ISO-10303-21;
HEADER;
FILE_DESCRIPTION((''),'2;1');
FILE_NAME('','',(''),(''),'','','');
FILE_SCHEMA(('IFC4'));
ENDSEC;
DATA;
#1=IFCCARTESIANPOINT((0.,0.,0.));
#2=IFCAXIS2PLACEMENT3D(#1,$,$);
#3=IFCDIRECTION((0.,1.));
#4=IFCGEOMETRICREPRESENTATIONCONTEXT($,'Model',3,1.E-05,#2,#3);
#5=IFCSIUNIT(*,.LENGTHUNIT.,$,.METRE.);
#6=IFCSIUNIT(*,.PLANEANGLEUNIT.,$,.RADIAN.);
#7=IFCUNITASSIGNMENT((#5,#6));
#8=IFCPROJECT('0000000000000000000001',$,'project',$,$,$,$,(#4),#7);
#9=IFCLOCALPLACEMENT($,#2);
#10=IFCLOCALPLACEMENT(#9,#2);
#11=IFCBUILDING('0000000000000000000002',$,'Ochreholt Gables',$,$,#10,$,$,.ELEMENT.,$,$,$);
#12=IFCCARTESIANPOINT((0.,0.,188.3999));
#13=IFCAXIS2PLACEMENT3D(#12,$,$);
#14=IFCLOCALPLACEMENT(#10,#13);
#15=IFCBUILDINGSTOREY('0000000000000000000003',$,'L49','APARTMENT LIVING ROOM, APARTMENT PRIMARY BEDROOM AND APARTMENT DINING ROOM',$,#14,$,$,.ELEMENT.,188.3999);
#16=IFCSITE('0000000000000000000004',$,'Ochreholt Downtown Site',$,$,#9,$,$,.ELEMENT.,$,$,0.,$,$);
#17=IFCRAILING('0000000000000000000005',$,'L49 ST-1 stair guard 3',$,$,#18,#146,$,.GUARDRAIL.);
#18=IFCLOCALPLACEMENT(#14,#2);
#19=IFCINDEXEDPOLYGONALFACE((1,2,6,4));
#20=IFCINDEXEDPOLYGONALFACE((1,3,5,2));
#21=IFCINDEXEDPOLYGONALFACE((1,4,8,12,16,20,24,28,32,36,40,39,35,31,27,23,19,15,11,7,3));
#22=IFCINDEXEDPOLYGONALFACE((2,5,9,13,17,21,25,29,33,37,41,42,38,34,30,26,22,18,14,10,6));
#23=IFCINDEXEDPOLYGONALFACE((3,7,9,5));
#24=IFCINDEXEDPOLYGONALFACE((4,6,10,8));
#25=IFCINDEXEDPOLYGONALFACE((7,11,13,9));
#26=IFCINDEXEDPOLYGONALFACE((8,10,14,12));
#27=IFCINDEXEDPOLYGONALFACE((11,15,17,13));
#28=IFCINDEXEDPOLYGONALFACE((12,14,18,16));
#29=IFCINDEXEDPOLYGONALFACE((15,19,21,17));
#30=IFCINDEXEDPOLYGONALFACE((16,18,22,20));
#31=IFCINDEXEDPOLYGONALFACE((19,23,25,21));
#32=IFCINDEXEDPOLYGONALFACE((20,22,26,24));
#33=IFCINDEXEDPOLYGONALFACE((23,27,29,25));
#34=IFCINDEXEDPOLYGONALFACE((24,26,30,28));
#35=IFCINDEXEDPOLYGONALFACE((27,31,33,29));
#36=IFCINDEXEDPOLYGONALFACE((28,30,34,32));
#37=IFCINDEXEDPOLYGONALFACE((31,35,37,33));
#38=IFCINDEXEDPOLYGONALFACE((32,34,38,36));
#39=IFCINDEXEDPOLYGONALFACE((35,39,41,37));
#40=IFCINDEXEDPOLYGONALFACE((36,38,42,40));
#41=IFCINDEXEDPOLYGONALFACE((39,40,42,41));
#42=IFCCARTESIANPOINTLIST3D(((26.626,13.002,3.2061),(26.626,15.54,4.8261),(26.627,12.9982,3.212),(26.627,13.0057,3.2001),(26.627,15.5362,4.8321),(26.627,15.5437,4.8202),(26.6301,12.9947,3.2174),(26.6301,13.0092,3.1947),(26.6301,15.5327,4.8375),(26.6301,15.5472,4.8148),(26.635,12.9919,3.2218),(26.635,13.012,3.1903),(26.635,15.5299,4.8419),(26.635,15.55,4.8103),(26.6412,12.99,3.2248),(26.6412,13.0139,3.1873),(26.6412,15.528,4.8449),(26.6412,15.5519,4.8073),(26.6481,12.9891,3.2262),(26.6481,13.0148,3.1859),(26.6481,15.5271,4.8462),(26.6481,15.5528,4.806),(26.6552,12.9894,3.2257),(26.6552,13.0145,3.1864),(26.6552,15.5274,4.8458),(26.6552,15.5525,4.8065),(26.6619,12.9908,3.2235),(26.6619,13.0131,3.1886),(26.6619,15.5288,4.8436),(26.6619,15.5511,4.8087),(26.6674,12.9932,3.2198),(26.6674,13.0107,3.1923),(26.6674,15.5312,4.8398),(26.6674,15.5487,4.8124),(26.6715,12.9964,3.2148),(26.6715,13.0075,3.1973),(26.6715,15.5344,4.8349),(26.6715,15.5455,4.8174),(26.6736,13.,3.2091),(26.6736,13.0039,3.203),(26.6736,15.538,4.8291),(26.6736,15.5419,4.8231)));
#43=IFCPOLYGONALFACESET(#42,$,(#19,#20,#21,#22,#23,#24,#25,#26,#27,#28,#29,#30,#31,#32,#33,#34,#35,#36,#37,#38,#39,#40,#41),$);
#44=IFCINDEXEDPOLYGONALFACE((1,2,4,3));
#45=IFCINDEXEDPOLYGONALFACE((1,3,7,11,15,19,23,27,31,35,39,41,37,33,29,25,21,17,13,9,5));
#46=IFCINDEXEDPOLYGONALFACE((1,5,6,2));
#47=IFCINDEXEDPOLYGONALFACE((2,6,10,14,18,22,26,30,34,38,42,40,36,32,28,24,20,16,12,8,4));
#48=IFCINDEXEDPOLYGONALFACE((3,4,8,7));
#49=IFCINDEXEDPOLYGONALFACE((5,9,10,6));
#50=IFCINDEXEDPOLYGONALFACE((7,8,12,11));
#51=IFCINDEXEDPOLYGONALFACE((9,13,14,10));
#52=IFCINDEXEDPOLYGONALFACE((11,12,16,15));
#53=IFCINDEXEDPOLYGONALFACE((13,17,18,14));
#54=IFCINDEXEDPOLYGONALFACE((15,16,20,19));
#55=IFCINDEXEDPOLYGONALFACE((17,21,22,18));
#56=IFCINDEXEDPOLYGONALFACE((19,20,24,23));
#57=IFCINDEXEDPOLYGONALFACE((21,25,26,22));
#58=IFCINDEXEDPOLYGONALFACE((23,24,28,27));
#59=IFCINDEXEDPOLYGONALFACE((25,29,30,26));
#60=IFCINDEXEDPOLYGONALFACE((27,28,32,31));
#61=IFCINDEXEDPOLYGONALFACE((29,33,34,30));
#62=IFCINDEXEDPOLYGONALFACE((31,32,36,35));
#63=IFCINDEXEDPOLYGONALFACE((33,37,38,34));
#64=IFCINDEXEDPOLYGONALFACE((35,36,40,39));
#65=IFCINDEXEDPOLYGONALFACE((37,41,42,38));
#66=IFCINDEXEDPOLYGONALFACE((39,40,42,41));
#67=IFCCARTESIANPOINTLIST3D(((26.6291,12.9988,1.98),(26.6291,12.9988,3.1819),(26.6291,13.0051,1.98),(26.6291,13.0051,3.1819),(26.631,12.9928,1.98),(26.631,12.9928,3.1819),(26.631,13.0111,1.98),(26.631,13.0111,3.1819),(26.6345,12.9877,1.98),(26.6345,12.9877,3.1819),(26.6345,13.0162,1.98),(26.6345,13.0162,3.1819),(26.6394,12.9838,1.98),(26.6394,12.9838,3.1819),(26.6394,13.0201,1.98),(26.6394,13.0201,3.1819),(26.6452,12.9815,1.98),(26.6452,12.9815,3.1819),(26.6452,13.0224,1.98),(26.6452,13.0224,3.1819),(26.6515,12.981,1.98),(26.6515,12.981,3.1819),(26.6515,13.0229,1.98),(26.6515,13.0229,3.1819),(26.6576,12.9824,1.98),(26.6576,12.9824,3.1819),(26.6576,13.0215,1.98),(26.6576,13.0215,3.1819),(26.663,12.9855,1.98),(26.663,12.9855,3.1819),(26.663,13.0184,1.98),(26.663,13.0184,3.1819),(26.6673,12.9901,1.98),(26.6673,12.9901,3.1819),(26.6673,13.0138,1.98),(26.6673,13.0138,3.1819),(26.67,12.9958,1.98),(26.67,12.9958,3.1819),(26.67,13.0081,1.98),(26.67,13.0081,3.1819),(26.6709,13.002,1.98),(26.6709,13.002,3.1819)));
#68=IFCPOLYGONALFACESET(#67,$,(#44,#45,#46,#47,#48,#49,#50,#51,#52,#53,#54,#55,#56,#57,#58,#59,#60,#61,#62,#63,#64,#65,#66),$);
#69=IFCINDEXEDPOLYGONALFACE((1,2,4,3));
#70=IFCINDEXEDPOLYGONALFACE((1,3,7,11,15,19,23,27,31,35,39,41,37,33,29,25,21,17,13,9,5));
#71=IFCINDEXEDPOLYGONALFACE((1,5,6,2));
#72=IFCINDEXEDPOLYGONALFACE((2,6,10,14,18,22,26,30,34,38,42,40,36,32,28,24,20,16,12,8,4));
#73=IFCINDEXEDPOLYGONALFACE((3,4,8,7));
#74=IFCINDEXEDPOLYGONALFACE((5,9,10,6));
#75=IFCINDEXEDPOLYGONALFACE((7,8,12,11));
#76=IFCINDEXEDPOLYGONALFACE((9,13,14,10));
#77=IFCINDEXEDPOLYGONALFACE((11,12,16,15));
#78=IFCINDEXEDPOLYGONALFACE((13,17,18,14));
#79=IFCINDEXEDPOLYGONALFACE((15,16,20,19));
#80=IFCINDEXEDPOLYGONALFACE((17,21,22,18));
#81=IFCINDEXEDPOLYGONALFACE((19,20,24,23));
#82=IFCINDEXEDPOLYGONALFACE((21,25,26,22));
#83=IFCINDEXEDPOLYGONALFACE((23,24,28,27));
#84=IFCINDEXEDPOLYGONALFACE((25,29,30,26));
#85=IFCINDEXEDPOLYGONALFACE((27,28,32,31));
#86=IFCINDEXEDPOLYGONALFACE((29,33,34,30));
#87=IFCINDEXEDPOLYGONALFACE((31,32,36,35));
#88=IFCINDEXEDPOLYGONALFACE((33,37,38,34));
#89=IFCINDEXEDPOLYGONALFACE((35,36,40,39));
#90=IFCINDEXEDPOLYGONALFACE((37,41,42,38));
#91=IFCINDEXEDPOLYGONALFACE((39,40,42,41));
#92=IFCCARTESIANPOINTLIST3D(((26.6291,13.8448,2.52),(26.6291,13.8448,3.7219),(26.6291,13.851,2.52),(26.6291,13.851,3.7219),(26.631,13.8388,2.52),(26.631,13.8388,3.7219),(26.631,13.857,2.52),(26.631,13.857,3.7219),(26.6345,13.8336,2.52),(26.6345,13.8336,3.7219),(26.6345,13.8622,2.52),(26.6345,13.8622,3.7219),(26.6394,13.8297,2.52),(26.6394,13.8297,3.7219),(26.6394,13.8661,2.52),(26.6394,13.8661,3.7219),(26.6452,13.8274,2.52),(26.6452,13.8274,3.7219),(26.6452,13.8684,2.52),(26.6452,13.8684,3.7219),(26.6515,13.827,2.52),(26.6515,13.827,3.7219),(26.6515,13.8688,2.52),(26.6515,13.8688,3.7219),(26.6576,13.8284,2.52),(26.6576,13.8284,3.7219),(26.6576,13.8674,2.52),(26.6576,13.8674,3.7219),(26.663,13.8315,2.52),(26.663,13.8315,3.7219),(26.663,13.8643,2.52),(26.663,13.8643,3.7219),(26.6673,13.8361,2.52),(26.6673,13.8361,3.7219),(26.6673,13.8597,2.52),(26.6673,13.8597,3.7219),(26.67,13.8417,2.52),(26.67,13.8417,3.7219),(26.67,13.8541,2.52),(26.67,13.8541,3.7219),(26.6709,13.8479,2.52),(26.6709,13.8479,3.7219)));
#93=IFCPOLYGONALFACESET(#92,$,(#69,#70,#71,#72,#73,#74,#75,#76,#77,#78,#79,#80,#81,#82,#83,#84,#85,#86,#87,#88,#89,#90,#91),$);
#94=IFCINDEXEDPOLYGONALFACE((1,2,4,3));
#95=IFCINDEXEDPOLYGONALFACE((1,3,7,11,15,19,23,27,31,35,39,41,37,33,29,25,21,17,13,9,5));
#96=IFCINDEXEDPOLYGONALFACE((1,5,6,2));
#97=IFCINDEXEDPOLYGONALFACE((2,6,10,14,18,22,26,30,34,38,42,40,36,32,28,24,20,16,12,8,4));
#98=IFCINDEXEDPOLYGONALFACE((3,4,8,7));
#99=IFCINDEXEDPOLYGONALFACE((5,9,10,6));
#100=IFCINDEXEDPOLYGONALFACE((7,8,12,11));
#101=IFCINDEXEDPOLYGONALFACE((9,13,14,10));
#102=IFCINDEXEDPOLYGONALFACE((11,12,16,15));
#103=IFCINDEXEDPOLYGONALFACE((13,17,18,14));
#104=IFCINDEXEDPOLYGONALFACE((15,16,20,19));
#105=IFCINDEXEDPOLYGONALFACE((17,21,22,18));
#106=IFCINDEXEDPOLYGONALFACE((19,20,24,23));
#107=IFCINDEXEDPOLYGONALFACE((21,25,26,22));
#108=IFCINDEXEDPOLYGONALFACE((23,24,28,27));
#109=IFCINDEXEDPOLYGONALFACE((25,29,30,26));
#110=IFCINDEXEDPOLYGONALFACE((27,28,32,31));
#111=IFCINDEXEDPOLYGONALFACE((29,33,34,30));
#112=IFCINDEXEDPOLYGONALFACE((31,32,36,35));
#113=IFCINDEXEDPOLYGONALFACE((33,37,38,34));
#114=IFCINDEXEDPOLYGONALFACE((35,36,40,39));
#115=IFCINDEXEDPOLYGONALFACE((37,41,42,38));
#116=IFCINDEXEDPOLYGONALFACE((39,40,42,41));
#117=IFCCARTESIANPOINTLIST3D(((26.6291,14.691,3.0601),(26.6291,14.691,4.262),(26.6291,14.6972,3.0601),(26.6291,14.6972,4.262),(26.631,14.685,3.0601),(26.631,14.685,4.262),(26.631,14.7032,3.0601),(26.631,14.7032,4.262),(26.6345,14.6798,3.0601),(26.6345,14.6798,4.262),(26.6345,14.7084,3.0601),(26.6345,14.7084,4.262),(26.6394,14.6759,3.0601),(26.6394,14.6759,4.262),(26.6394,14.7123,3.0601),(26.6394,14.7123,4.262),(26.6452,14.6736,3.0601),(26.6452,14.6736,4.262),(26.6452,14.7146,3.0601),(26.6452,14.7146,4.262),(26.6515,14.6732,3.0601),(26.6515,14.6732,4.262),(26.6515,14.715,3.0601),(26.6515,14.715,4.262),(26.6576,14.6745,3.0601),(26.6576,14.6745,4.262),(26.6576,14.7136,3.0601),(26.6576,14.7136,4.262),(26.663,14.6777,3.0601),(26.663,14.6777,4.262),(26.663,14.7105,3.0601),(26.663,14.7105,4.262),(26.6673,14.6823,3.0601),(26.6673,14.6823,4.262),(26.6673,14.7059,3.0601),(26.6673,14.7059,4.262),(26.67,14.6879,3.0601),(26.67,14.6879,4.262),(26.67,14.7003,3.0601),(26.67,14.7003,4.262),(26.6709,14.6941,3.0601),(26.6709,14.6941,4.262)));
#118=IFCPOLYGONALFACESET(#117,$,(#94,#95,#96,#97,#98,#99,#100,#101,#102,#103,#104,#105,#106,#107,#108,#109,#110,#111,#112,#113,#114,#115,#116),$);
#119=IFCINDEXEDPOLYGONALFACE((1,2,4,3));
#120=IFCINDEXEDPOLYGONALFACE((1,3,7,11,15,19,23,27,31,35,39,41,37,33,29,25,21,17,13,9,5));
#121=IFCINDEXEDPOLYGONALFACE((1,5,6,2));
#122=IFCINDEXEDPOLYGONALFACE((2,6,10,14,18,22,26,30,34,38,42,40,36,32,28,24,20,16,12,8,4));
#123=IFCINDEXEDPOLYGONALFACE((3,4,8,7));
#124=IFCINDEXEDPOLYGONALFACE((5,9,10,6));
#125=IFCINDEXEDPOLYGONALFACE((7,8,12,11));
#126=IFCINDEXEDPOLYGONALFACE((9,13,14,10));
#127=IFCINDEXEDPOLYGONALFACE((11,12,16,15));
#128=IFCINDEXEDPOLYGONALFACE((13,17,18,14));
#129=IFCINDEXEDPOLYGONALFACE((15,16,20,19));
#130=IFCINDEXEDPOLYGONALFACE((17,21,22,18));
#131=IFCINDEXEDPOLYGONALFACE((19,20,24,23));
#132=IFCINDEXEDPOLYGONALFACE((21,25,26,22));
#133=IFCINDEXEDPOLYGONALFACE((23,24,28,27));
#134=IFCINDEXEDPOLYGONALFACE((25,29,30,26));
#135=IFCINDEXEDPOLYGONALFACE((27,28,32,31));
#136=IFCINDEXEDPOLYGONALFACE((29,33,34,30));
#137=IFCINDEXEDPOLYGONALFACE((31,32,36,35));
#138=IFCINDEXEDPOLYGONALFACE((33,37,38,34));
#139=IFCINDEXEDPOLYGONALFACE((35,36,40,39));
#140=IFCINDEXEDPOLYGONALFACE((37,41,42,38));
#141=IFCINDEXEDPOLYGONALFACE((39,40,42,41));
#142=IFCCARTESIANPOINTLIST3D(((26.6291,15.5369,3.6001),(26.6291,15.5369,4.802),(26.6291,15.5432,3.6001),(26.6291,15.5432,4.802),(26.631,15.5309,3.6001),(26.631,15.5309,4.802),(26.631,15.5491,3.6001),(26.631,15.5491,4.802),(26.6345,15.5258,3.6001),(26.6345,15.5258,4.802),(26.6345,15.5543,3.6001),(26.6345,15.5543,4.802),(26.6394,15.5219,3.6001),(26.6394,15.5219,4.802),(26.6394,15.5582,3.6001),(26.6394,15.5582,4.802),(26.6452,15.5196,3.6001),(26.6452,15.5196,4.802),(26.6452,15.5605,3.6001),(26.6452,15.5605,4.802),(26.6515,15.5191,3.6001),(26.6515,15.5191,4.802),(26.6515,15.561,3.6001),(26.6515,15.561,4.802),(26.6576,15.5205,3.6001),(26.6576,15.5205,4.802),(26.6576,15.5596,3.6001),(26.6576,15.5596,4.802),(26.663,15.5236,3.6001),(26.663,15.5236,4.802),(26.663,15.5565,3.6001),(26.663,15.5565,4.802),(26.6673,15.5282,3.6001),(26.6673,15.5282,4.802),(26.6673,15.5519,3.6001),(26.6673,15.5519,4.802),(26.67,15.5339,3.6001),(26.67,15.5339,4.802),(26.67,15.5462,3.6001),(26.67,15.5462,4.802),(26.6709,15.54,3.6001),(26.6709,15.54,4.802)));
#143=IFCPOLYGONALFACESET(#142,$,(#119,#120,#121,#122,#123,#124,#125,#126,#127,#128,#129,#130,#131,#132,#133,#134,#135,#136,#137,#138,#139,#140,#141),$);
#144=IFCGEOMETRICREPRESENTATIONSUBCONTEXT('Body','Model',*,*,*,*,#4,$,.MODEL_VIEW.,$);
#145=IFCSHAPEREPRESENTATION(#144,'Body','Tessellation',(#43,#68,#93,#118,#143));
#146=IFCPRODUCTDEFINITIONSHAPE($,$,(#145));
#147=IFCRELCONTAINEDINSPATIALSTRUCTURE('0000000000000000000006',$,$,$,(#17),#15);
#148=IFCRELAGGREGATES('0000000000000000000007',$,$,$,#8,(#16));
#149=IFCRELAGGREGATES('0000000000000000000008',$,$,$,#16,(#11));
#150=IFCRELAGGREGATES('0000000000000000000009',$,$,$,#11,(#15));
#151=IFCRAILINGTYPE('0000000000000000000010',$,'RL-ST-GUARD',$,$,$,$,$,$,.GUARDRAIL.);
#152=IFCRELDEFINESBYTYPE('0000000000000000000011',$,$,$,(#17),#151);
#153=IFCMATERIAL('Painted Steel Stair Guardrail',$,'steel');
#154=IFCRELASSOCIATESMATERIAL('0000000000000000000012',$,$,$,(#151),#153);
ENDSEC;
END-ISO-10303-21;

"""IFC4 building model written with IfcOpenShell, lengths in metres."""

from ifc_helpers import new_model, si_unit, direction, frame, origin, origin_2d, place, context, subcontext, project, spatial, circle, extrude, material, type_object, element, save


model = new_model("IFC4")

# Units and contexts
model_context = context("Model", 3, precision=1e-05, world=origin(), true_north=direction((0.0, 1.0)))
body_context = subcontext(model_context, "Body", "Model", "MODEL_VIEW")
ifc_project = project(units=[si_unit("LENGTHUNIT", "METRE"), si_unit("PLANEANGLEUNIT", "RADIAN")], contexts=[model_context])

# Site, building, storey
site_placement = place(None, origin())
site = spatial("IfcSite", under=ifc_project, at=site_placement, Name="Ochreholt Downtown Site", CompositionType="ELEMENT", RefElevation=0.0)
building_placement = place(site_placement, origin())
building = spatial("IfcBuilding", under=site, at=building_placement, Name="Ochreholt Gables", CompositionType="ELEMENT")
storey_placement = place(building_placement, frame((0.0, 0.0, 188.3999)))
storey = spatial("IfcBuildingStorey", under=building, at=storey_placement, Name="L49", Description="APARTMENT LIVING ROOM, APARTMENT PRIMARY BEDROOM AND APARTMENT DINING ROOM", CompositionType="ELEMENT", Elevation=188.3999)

# Railing
ifc_material_1 = material(Name="Painted Steel Stair Guardrail", Category="steel")
railing_type_1 = type_object("IfcRailingType", Name="RL-ST-GUARD", PredefinedType="GUARDRAIL", material=ifc_material_1)
railing_1_placement = place(storey_placement, frame((26.6499, 13.002, 1.98)))
element("IfcRailing", 1, at=railing_1_placement, inside=storey, type_object=railing_type_1, Name="L49 ST-1 stair guard 3", PredefinedType="GUARDRAIL", context=body_context, shape_type="SweptSolid", body=[
    extrude(circle(Radius=0.0239, at=origin_2d()), frame((0.0, 0.0, 1.2261), z_axis=(0.0, 0.842913, 0.53805), x_axis=(-1.0, 0.0, 0.0)), (0.0, 0.0, 1.0), 3.011),
    extrude(circle(Radius=0.021, at=origin_2d()), origin(), (0.0, 0.0, 1.0), 1.2019),
    extrude(circle(Radius=0.021, at=origin_2d()), frame((0.0, 0.8459, 0.54)), (0.0, 0.0, 1.0), 1.2019),
    extrude(circle(Radius=0.021, at=origin_2d()), frame((0.0, 1.6921, 1.0801)), (0.0, 0.0, 1.0), 1.2019),
    extrude(circle(Radius=0.021, at=origin_2d()), frame((0.0, 2.5381, 1.6201)), (0.0, 0.0, 1.0), 1.2019),
])

save(model, "model.ifc")
